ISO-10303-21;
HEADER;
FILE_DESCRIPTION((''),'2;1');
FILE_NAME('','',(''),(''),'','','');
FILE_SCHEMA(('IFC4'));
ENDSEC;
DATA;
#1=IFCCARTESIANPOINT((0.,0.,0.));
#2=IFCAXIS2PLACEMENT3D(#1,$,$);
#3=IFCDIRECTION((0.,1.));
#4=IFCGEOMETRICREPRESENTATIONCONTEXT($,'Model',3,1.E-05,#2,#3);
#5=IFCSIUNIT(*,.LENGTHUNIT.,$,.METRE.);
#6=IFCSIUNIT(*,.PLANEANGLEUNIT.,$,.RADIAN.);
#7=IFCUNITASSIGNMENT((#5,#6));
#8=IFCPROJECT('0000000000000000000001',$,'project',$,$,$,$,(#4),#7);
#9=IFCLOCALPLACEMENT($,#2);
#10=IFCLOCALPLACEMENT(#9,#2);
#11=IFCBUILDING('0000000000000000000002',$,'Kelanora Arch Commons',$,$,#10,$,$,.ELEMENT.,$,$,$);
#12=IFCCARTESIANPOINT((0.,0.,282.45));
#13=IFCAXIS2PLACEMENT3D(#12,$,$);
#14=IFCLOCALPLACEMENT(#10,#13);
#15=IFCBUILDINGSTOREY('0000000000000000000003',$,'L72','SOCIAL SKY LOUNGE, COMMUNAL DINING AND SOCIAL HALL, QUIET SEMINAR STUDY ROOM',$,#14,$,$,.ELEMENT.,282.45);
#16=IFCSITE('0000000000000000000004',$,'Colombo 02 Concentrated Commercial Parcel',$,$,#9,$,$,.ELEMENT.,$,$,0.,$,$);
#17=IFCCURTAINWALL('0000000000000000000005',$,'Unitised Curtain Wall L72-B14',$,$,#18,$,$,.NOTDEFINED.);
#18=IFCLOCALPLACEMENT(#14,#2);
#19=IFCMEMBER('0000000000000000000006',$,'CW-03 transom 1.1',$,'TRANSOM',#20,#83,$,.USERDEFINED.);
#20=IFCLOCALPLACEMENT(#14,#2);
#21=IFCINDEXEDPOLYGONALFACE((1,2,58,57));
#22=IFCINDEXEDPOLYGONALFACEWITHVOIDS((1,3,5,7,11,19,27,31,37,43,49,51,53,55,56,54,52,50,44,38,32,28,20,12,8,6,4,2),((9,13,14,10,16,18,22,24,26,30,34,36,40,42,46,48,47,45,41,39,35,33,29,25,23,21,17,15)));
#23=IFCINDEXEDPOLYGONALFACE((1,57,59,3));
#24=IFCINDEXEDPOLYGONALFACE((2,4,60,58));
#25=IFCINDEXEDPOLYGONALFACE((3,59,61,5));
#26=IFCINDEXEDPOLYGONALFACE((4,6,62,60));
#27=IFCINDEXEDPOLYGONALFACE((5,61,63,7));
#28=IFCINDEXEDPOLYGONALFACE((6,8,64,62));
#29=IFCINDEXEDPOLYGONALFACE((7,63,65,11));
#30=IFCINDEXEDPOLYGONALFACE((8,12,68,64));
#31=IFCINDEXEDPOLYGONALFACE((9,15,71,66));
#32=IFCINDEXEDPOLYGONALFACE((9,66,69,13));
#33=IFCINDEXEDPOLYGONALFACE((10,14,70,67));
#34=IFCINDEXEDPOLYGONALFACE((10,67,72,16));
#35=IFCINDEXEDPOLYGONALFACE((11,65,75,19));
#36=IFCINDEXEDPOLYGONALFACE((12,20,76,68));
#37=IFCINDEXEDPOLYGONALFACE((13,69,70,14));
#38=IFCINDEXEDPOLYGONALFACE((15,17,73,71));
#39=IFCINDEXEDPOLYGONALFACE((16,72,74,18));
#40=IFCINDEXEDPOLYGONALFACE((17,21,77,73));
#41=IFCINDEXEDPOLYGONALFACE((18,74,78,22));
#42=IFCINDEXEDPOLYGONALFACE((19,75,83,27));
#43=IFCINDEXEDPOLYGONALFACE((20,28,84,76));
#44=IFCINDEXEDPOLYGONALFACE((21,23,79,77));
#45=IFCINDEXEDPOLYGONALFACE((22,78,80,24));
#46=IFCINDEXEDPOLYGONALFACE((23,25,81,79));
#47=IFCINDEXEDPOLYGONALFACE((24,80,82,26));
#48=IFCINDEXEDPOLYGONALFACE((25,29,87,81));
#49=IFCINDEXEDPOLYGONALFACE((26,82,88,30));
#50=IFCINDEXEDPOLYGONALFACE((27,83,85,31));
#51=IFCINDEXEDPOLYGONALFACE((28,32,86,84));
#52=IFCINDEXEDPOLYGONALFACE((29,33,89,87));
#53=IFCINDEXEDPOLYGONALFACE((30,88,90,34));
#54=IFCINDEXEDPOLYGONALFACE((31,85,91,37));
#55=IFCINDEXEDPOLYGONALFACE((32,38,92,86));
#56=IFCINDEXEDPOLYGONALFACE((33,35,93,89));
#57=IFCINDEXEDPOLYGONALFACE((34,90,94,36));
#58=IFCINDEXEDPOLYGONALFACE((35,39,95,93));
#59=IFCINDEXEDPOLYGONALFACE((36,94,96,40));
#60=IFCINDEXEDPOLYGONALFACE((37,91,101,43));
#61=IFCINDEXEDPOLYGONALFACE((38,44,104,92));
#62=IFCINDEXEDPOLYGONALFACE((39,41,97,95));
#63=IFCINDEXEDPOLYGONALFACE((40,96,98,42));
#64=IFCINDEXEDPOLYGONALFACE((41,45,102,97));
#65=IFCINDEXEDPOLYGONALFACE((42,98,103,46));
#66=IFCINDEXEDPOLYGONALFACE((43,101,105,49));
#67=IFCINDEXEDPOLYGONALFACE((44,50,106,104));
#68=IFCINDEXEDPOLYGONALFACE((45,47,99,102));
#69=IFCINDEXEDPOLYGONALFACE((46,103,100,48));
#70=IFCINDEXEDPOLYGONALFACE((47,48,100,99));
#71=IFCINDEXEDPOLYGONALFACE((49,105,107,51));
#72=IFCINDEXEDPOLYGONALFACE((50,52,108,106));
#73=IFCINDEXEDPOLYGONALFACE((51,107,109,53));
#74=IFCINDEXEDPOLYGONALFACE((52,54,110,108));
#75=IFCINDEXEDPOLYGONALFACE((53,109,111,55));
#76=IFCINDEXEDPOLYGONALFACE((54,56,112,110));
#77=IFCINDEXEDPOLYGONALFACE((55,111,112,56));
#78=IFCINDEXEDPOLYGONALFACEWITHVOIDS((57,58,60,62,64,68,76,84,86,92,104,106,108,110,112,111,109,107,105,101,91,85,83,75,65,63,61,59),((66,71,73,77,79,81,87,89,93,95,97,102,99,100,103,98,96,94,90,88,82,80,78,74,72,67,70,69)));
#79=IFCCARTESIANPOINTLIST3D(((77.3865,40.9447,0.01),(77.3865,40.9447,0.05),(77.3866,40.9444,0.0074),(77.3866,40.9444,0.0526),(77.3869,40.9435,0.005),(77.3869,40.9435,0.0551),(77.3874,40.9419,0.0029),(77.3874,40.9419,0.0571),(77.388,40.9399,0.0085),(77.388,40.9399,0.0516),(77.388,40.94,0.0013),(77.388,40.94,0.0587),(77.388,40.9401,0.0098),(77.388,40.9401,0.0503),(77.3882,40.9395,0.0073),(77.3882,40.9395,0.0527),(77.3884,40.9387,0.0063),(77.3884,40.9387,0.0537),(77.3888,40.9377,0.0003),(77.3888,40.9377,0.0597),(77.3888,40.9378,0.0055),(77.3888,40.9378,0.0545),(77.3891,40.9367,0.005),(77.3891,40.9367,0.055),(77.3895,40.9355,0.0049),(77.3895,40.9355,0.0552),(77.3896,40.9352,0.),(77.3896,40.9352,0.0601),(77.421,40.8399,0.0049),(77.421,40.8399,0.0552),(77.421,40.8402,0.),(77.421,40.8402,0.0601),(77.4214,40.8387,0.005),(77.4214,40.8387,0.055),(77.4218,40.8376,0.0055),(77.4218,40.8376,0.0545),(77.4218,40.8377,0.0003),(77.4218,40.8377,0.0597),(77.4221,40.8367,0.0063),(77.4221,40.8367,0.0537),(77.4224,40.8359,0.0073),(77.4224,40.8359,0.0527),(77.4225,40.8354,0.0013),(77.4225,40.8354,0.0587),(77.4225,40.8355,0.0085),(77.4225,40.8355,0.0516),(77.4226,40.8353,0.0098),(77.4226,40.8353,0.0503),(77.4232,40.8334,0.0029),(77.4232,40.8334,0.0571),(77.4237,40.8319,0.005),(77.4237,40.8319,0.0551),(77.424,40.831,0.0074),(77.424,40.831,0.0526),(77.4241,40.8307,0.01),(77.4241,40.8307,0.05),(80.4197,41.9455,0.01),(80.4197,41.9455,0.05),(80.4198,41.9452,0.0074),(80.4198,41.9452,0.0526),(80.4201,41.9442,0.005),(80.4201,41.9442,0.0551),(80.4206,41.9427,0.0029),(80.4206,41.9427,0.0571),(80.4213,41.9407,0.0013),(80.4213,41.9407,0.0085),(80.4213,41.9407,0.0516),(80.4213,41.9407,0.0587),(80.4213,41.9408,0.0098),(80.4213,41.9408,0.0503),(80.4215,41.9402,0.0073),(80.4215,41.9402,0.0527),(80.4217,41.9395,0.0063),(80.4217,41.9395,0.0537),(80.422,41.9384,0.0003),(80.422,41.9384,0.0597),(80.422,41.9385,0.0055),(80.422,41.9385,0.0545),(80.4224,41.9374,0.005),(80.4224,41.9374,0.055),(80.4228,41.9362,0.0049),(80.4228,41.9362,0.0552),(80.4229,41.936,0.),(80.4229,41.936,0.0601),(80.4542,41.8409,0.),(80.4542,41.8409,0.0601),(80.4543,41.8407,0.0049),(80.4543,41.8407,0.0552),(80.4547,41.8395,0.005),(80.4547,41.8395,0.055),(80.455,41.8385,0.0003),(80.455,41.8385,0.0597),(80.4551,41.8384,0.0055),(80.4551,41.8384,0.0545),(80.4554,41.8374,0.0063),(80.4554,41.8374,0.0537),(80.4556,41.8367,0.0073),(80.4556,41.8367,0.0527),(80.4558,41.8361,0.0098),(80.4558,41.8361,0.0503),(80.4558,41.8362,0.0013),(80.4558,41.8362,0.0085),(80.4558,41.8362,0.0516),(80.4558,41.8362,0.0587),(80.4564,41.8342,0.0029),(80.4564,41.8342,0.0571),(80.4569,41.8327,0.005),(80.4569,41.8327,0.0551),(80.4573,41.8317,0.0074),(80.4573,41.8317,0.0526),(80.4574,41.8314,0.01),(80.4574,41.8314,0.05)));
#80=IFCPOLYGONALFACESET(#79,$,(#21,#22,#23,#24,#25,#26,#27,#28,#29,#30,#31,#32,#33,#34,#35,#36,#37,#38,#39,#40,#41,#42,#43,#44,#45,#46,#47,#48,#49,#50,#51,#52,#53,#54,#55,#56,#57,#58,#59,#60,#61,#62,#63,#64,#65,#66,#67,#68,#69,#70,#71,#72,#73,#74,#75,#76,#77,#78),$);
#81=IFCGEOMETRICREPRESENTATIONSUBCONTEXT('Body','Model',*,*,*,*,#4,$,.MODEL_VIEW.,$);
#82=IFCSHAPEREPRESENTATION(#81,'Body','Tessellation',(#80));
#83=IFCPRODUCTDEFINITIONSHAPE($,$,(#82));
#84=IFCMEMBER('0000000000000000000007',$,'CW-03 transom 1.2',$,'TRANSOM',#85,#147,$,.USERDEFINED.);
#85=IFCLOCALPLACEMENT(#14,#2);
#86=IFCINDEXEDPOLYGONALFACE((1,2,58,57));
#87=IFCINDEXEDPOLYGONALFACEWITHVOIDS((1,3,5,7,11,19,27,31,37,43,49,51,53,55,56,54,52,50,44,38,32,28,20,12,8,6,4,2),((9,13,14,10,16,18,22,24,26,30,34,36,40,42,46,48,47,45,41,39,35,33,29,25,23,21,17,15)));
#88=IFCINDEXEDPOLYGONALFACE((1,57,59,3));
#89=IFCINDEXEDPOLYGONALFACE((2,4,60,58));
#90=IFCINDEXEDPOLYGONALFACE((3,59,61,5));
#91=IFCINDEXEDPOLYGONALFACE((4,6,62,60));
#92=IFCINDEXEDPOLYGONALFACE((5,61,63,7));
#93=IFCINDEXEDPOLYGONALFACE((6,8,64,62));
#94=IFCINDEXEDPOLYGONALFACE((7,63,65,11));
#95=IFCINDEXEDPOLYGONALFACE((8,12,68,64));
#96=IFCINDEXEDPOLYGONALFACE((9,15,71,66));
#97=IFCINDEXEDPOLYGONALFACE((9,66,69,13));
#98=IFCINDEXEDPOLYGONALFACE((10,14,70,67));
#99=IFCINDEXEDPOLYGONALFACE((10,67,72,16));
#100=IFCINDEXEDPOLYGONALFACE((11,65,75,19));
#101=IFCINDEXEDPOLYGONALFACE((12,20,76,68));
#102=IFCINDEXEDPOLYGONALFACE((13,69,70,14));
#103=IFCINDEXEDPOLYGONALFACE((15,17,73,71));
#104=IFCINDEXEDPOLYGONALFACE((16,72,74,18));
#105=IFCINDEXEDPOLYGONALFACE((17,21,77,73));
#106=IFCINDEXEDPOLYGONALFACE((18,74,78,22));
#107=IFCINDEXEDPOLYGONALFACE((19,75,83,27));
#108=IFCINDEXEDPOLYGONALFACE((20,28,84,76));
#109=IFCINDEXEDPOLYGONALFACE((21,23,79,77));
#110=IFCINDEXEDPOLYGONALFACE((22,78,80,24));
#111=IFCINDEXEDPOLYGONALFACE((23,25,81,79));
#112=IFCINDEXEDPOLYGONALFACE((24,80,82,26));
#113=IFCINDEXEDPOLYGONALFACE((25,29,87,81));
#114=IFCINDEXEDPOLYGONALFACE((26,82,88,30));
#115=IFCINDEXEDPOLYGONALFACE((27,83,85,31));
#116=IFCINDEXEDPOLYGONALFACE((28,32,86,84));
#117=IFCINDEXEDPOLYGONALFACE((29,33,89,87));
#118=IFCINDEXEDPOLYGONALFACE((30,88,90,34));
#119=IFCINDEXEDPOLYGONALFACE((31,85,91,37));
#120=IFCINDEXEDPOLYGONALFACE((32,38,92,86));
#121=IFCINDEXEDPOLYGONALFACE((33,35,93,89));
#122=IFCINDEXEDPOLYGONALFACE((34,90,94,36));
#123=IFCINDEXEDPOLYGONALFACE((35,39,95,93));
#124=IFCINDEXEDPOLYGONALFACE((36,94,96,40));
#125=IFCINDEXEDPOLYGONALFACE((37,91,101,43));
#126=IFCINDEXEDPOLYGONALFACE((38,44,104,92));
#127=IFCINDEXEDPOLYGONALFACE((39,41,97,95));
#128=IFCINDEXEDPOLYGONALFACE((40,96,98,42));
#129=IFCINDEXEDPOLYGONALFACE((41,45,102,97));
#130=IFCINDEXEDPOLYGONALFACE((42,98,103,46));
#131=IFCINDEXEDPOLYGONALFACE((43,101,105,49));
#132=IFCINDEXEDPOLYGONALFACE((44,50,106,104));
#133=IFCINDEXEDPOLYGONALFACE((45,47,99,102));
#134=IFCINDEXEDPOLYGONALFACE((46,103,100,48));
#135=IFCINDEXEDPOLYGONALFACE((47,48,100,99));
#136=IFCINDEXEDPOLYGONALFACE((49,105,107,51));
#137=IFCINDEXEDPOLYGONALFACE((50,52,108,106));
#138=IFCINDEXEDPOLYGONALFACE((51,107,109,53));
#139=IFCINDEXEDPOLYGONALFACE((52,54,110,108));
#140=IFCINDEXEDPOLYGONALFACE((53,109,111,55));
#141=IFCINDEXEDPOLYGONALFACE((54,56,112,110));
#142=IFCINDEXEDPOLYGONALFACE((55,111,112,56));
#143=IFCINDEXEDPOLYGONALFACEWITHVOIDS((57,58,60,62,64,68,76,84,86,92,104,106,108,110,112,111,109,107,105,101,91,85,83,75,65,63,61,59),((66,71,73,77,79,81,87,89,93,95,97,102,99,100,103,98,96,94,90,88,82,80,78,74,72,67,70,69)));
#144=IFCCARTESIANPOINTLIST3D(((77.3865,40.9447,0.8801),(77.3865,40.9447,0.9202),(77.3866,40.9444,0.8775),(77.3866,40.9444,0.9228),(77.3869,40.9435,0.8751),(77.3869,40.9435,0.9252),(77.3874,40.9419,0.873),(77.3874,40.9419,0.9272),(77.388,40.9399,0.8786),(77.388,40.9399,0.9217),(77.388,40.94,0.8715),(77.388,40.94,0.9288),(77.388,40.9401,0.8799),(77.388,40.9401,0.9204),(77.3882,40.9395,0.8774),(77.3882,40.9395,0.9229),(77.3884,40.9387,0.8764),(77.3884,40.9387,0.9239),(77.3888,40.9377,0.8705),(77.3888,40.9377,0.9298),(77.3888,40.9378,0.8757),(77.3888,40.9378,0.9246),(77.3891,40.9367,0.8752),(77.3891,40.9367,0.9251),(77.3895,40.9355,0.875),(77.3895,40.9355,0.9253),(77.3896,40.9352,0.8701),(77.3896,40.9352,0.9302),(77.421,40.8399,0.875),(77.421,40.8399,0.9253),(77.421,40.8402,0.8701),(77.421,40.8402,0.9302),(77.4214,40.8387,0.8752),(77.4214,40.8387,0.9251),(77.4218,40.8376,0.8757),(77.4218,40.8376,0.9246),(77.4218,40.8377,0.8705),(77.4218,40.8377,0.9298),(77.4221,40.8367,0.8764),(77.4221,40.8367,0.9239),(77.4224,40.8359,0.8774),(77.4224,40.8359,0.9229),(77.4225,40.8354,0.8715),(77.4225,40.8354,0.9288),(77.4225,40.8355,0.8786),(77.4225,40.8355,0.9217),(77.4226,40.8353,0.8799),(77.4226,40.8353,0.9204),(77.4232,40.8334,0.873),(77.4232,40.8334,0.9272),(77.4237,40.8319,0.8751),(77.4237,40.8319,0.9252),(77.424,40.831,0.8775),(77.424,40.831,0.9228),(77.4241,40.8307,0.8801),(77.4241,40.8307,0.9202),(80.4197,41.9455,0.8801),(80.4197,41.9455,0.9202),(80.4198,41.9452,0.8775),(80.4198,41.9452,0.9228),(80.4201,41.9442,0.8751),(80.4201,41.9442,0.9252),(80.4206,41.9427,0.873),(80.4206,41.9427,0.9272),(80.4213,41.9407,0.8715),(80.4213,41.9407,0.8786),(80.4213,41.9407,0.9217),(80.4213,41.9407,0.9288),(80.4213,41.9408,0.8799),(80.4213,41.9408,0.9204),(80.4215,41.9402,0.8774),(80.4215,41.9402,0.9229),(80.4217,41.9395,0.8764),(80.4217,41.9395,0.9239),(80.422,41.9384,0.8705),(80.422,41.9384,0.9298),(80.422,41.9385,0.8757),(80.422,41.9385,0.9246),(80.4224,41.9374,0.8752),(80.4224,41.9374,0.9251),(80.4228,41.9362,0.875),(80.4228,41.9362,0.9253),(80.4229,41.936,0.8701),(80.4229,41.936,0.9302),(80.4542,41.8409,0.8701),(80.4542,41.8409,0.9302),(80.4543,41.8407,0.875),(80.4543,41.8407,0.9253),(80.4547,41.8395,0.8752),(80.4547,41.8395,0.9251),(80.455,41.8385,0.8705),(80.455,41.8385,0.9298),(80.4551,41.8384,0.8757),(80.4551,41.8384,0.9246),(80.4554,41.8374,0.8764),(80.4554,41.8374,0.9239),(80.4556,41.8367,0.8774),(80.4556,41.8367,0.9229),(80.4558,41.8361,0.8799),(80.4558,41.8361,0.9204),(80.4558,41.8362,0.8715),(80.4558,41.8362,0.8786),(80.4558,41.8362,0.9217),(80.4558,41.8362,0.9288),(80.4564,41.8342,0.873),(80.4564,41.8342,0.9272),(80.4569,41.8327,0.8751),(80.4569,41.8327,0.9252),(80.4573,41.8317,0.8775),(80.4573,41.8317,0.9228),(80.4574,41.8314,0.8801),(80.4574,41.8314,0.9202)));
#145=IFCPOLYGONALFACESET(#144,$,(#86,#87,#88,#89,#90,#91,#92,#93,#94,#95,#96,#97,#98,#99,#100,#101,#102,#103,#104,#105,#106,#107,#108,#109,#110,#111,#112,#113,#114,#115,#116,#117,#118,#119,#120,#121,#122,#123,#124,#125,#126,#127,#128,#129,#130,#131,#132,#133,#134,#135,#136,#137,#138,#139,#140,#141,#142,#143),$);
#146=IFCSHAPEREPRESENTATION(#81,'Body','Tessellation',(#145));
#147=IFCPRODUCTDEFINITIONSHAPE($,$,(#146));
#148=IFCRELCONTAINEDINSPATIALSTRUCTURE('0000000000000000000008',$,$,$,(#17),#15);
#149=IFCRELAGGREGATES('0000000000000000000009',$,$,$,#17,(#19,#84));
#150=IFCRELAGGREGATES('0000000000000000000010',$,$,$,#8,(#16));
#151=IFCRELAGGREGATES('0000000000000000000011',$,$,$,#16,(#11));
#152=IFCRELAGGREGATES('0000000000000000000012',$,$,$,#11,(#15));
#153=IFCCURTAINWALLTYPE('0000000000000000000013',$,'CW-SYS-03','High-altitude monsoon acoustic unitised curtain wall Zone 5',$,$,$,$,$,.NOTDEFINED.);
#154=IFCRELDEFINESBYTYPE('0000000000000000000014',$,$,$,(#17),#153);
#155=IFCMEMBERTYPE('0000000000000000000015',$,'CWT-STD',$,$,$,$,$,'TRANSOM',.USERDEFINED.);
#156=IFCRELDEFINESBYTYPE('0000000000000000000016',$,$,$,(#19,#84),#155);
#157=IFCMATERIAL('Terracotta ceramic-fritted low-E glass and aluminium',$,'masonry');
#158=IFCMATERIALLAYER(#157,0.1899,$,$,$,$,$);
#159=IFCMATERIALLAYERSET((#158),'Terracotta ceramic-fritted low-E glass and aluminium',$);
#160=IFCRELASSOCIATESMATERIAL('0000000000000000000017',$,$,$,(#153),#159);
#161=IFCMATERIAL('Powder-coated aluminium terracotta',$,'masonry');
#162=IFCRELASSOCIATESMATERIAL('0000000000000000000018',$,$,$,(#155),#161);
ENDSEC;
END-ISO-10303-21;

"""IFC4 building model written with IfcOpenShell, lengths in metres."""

from ifc_helpers import new_model, si_unit, direction, frame, origin, origin_2d, place, context, subcontext, project, spatial, hollow_rectangle, extrude, material, layer, layer_set, material_profile, profile_set, type_object, element, aggregate, save


model = new_model("IFC4")

# Units and contexts
model_context = context("Model", 3, precision=1e-05, world=origin(), true_north=direction((0.0, 1.0)))
body_context = subcontext(model_context, "Body", "Model", "MODEL_VIEW")
ifc_project = project(units=[si_unit("LENGTHUNIT", "METRE"), si_unit("PLANEANGLEUNIT", "RADIAN")], contexts=[model_context])

# Site, building, storey
site_placement = place(None, origin())
site = spatial("IfcSite", under=ifc_project, at=site_placement, Name="Colombo 02 Concentrated Commercial Parcel", CompositionType="ELEMENT", RefElevation=0.0)
building_placement = place(site_placement, origin())
building = spatial("IfcBuilding", under=site, at=building_placement, Name="Kelanora Arch Commons", CompositionType="ELEMENT")
storey_placement = place(building_placement, frame((0.0, 0.0, 282.45)))
storey = spatial("IfcBuildingStorey", under=building, at=storey_placement, Name="L72", Description="SOCIAL SKY LOUNGE, COMMUNAL DINING AND SOCIAL HALL, QUIET SEMINAR STUDY ROOM", CompositionType="ELEMENT", Elevation=282.45)

# Curtain wall, members
ifc_material_1 = material(Name="Terracotta ceramic-fritted low-E glass and aluminium", Category="masonry")
ifc_layer_1 = layer(ifc_material_1, 0.1899)
ifc_layer_set_1 = layer_set([ifc_layer_1], Name="Terracotta ceramic-fritted low-E glass and aluminium")
curtain_wall_type = type_object("IfcCurtainWallType", Name="CW-SYS-03", Description="High-altitude monsoon acoustic unitised curtain wall Zone 5", PredefinedType="NOTDEFINED", material=ifc_layer_set_1)
curtain_wall_placement = place(storey_placement, origin())
curtain_wall = element("IfcCurtainWall", 1, at=curtain_wall_placement, inside=storey, type_object=curtain_wall_type, Name="Unitised Curtain Wall L72-B14", PredefinedType="NOTDEFINED")
ifc_material_2 = material(Name="Powder-coated aluminium terracotta", Category="masonry")
ifc_material_profile_1 = material_profile(ifc_material_2, hollow_rectangle(XDim=0.1201, YDim=0.0601, WallThickness=0.0049, InnerFilletRadius=0.0049, OuterFilletRadius=0.01, at=origin_2d()), Name="CWT120x60")
ifc_profile_set_1 = profile_set([ifc_material_profile_1], Name="Powder-coated aluminium terracotta")
member_type_1 = type_object("IfcMemberType", Name="CWT-STD", ElementType="TRANSOM", PredefinedType="USERDEFINED", material=ifc_profile_set_1)
member_1_placement = place(storey_placement, frame((77.4053, 40.8877, 0.03), z_axis=(0.94965, 0.313314, 0.0), x_axis=(-0.313314, 0.94965, 0.0)))
member_1 = element("IfcMember", 2, at=member_1_placement, type_object=member_type_1, Name="CW-03 transom 1.1", ObjectType="TRANSOM", PredefinedType="USERDEFINED", context=body_context, shape_type="SweptSolid", body=[
    extrude(hollow_rectangle(XDim=0.1201, YDim=0.0601, WallThickness=0.0049, InnerFilletRadius=0.0049, OuterFilletRadius=0.01, at=origin_2d()), origin(), (0.0, 0.0, 1.0), 3.1941),
])
member_2_placement = place(storey_placement, frame((77.4053, 40.8877, 0.9001), z_axis=(0.94965, 0.313314, 0.0), x_axis=(-0.313314, 0.94965, 0.0)))
member_2 = element("IfcMember", 3, at=member_2_placement, type_object=member_type_1, Name="CW-03 transom 1.2", ObjectType="TRANSOM", PredefinedType="USERDEFINED", context=body_context, shape_type="SweptSolid", body=[
    extrude(hollow_rectangle(XDim=0.1201, YDim=0.0601, WallThickness=0.0049, InnerFilletRadius=0.0049, OuterFilletRadius=0.01, at=origin_2d()), origin(), (0.0, 0.0, 1.0), 3.1941),
])
aggregate(curtain_wall, [member_1, member_2])

save(model, "model.ifc")
